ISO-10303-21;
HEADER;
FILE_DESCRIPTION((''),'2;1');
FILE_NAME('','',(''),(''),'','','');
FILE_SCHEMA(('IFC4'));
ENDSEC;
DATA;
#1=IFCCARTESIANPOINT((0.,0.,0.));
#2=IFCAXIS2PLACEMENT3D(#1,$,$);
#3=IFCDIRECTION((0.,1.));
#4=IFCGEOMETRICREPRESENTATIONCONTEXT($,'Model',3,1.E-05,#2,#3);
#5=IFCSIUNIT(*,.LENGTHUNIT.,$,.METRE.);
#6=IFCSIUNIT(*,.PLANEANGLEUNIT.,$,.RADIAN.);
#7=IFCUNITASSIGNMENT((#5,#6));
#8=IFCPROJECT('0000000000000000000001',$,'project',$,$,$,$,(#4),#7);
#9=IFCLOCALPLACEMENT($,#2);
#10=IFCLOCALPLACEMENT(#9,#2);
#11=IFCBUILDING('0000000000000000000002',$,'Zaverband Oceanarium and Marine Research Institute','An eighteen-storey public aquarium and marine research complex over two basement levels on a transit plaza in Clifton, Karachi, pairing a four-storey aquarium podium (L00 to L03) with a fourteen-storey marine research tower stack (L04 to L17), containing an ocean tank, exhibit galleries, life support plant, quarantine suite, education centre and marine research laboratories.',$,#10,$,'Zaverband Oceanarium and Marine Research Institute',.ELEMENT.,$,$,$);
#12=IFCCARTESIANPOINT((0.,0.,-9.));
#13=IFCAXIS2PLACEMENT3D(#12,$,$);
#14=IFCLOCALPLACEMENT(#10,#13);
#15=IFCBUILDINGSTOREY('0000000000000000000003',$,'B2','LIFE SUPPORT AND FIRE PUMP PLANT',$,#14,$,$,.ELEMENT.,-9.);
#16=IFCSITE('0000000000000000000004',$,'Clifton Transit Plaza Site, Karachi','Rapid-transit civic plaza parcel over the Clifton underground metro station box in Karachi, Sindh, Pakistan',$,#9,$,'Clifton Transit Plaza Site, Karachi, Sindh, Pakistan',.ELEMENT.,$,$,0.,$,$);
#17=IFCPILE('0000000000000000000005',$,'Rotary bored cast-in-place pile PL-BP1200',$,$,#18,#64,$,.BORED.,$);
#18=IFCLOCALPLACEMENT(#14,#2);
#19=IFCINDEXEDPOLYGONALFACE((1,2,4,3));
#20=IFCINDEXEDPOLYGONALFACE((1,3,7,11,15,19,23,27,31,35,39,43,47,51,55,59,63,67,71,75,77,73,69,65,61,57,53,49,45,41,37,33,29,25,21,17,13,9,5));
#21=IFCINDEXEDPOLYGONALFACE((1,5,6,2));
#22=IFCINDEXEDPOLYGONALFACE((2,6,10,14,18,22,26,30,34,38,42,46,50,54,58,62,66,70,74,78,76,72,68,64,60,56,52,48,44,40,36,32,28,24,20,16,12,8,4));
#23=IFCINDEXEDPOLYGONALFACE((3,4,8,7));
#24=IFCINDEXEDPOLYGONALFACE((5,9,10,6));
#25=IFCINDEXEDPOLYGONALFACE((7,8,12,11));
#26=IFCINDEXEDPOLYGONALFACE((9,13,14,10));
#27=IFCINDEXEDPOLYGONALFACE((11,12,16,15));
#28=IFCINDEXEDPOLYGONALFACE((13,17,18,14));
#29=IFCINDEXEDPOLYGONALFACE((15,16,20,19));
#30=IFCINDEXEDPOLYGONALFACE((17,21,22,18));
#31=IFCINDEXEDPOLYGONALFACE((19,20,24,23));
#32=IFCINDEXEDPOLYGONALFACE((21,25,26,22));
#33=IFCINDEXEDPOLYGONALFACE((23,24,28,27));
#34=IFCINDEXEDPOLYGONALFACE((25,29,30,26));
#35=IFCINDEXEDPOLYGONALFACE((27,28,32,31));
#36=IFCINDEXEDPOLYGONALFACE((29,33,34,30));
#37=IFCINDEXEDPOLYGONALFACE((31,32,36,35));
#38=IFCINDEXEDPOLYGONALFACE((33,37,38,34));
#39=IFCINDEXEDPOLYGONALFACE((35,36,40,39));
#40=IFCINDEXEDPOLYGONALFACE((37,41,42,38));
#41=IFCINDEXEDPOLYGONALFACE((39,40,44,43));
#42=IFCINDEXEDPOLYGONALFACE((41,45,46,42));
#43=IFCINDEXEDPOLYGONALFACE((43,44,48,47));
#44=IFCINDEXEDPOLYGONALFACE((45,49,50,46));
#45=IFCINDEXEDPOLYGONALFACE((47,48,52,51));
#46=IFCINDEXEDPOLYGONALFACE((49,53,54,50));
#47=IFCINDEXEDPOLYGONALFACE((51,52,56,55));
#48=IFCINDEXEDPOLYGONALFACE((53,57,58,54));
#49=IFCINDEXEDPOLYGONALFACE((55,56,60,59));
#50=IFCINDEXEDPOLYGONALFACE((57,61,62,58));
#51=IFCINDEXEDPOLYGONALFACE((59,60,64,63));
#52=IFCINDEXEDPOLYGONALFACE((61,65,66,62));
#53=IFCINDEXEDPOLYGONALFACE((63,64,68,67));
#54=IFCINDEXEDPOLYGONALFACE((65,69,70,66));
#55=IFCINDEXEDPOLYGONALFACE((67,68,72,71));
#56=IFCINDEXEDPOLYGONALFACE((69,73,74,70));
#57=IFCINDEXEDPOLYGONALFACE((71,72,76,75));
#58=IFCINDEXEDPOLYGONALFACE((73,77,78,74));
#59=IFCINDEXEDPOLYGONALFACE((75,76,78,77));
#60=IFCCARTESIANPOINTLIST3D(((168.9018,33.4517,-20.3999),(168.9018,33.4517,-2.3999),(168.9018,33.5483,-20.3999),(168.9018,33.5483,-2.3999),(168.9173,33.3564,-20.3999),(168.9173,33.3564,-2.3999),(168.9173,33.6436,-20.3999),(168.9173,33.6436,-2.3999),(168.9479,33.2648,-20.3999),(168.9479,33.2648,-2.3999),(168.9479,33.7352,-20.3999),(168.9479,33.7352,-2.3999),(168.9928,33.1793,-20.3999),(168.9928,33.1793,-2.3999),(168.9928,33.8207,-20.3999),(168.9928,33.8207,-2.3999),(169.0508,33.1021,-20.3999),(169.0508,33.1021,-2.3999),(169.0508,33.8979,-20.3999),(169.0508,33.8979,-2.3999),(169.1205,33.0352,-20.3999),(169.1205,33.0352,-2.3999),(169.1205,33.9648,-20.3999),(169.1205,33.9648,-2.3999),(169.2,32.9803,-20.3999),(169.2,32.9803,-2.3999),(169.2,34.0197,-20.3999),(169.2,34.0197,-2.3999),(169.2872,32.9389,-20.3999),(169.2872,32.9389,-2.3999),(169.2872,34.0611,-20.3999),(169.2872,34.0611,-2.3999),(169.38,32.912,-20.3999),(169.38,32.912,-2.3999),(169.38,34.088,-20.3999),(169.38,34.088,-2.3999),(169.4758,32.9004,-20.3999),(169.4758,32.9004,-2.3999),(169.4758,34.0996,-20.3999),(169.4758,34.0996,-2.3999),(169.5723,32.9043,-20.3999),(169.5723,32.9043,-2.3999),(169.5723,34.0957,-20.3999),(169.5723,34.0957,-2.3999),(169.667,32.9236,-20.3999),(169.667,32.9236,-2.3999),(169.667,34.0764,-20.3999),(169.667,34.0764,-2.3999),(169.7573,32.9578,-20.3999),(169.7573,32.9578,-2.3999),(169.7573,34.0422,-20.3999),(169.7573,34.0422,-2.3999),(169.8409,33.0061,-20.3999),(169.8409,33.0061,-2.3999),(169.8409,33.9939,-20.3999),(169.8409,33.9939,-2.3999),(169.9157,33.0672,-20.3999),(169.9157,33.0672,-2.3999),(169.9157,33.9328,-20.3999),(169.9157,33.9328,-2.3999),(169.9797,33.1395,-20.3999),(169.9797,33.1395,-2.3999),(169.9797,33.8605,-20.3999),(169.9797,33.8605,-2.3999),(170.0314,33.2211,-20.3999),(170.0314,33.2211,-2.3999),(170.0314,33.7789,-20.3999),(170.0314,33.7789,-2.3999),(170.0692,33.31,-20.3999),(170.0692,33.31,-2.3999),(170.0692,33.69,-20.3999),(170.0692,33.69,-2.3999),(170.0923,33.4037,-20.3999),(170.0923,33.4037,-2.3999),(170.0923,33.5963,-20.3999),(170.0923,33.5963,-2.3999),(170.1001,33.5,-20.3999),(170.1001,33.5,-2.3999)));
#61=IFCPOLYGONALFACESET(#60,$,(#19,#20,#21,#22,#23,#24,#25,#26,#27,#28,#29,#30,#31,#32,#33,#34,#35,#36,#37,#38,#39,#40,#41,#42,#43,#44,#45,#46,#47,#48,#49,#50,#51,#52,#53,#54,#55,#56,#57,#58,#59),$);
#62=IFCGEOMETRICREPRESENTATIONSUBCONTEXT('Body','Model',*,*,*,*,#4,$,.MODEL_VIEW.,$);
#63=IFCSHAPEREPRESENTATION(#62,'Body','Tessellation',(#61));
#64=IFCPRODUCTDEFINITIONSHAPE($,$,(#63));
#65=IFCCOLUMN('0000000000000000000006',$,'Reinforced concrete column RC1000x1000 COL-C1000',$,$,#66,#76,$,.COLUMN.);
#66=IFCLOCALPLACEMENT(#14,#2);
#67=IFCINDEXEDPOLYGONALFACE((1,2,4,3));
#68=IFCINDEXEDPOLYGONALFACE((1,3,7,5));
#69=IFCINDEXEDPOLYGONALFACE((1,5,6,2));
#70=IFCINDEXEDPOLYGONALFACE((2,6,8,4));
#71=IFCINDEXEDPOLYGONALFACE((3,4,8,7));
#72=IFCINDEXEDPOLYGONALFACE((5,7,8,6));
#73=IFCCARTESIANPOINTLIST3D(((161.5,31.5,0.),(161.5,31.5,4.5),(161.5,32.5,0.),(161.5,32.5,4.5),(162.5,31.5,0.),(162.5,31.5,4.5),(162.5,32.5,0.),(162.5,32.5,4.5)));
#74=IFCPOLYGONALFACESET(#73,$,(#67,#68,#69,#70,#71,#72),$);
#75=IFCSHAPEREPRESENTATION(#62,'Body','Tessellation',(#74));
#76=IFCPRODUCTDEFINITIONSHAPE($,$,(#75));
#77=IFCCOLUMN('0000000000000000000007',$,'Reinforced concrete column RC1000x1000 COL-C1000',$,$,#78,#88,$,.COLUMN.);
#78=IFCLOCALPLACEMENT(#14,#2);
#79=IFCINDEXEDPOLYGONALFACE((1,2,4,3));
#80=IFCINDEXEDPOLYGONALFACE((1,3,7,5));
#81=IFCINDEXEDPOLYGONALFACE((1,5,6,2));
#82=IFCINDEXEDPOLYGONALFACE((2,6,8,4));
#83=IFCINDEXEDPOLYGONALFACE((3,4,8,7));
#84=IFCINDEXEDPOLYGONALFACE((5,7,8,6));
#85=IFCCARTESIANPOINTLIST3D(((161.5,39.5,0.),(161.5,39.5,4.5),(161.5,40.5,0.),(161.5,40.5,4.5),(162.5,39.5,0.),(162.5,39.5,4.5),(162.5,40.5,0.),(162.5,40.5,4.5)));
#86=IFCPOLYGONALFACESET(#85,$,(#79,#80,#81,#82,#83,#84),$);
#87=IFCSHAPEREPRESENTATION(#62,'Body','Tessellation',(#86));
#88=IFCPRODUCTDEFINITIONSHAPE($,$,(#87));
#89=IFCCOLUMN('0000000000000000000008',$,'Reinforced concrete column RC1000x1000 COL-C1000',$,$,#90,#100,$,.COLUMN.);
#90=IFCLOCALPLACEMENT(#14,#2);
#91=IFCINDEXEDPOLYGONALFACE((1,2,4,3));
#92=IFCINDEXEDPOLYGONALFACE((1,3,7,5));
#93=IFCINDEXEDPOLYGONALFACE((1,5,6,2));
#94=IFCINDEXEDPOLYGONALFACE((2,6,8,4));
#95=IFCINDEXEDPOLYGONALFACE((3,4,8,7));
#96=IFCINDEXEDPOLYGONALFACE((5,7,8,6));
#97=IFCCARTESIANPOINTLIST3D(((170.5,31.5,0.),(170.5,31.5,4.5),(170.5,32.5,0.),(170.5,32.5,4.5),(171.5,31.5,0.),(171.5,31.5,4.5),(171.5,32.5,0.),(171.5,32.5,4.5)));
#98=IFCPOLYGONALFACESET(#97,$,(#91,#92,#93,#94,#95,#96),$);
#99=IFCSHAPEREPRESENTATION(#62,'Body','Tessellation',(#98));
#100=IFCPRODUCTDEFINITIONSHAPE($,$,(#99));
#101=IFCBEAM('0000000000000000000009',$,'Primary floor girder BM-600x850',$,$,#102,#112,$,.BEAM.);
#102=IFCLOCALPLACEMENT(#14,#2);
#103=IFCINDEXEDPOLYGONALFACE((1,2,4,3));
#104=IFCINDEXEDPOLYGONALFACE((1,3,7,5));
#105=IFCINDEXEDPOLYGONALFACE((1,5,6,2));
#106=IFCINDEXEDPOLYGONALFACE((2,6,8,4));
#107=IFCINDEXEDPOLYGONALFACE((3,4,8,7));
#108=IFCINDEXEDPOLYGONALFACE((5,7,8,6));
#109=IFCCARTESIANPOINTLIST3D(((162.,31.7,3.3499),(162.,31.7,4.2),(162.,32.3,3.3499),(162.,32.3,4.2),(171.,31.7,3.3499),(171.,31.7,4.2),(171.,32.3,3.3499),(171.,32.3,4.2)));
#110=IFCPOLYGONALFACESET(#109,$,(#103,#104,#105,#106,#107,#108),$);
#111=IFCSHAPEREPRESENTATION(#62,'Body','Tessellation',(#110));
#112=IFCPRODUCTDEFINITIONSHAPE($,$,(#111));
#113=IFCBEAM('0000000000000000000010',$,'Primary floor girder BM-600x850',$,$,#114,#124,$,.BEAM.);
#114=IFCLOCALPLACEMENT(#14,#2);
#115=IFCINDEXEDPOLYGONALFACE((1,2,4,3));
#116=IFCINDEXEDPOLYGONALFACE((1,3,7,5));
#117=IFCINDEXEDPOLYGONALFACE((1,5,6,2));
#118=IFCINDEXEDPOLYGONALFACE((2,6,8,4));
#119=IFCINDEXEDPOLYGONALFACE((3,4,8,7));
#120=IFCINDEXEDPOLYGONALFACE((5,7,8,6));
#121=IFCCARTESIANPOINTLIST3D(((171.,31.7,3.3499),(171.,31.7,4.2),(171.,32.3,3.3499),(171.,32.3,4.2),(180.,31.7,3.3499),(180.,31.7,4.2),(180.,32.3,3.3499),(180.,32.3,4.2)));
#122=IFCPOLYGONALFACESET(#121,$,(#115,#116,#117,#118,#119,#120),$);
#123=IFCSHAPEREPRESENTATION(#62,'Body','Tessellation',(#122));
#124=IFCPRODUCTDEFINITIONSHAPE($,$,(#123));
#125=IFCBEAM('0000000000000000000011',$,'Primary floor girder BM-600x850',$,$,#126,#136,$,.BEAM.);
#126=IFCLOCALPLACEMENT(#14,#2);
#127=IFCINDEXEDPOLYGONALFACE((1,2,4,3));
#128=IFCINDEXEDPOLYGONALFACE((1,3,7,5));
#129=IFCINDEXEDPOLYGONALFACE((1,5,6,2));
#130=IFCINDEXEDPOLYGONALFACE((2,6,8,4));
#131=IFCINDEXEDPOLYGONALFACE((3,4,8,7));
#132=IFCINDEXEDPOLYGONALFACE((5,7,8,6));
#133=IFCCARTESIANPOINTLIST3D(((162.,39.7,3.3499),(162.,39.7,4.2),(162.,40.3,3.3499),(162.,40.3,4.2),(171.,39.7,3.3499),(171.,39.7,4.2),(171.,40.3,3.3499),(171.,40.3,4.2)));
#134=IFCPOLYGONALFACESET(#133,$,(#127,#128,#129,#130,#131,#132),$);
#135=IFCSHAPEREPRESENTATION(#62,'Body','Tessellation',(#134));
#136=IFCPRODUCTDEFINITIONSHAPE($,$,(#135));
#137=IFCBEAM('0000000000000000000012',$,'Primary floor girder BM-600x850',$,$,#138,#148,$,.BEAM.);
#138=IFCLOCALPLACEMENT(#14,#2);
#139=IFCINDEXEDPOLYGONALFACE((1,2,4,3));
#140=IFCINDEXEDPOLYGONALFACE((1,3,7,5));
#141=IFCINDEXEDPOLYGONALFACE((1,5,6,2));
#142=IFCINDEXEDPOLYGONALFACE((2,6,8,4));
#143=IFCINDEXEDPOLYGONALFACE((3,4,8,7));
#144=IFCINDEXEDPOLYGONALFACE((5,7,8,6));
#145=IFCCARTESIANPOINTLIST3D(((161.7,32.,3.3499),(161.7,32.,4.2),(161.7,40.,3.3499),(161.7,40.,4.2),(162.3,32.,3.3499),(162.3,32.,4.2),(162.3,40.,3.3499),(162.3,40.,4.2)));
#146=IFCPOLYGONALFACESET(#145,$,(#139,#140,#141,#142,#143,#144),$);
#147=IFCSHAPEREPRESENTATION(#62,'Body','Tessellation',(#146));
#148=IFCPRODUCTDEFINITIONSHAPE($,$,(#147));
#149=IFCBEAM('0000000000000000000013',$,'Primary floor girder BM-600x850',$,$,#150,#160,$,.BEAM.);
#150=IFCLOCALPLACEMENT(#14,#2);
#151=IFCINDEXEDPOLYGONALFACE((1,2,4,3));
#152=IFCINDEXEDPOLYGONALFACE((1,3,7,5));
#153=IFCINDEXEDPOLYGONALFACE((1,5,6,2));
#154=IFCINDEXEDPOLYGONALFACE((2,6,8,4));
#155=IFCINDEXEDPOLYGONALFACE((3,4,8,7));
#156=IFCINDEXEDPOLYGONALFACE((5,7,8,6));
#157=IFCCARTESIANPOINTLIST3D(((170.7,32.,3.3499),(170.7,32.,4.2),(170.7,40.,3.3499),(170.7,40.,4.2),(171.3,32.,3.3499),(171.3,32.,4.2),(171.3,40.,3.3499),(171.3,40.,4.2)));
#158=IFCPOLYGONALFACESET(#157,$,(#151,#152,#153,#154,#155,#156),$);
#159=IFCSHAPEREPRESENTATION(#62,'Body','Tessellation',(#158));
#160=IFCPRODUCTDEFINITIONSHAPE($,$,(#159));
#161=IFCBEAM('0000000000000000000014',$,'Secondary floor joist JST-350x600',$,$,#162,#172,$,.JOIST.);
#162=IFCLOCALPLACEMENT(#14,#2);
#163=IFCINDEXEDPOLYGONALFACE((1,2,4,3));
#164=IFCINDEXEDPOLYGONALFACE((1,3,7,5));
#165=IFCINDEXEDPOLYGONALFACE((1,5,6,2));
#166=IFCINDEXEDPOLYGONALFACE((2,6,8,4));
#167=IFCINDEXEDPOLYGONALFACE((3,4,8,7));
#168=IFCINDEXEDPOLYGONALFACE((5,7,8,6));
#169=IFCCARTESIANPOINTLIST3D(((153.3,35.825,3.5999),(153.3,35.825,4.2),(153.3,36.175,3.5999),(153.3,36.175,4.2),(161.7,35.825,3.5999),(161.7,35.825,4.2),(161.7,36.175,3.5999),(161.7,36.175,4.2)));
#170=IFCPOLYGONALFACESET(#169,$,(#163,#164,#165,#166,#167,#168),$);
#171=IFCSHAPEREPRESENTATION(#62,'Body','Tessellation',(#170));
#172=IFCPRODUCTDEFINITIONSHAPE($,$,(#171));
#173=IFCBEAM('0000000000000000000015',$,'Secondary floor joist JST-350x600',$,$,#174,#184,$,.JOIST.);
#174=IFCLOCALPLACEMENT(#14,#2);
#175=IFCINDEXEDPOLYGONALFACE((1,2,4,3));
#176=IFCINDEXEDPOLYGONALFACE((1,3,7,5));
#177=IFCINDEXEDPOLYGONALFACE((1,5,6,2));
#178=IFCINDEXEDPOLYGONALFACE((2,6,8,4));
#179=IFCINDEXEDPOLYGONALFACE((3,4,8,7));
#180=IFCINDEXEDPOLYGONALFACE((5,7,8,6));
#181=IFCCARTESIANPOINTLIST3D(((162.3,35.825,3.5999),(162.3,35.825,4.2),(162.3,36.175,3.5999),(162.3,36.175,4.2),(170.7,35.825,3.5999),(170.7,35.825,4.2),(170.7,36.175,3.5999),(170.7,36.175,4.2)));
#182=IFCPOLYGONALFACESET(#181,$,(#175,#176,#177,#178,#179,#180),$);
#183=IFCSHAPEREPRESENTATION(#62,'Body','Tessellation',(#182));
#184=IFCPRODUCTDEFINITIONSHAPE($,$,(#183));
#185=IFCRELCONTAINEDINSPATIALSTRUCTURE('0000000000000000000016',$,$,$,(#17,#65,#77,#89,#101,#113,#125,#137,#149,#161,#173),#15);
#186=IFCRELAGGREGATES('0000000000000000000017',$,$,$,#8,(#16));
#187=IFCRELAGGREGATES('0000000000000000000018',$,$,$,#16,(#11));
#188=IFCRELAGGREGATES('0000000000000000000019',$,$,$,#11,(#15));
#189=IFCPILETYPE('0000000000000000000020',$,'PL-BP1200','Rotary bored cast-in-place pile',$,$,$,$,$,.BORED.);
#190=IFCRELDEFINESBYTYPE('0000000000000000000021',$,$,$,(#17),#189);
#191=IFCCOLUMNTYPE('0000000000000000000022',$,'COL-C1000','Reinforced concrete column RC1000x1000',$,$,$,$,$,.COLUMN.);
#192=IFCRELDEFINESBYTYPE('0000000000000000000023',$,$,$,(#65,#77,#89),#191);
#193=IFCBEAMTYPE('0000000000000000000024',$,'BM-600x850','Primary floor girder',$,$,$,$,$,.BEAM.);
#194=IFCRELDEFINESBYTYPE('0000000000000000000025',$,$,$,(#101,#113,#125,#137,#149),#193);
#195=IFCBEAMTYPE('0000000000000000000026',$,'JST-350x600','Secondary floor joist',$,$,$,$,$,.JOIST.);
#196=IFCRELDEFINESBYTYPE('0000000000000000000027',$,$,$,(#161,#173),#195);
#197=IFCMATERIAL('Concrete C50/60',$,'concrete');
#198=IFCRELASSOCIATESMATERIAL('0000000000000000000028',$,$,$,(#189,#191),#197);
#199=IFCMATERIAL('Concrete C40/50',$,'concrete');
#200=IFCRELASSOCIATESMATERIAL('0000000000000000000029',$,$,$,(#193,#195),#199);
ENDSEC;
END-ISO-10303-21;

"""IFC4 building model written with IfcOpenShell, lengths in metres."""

from ifc_helpers import new_model, si_unit, direction, frame, origin, origin_2d, place, context, subcontext, project, spatial, rectangle, circle, extrude, material, material_profile, profile_set, type_object, element, save


model = new_model("IFC4")

# Units and contexts
model_context = context("Model", 3, precision=1e-05, world=origin(), true_north=direction((0.0, 1.0)))
body_context = subcontext(model_context, "Body", "Model", "MODEL_VIEW")
ifc_project = project(units=[si_unit("LENGTHUNIT", "METRE"), si_unit("PLANEANGLEUNIT", "RADIAN")], contexts=[model_context])

# Site, building, storey
site_placement = place(None, origin())
site = spatial("IfcSite", under=ifc_project, at=site_placement, Name="Clifton Transit Plaza Site, Karachi", Description="Rapid-transit civic plaza parcel over the Clifton underground metro station box in Karachi, Sindh, Pakistan", LongName="Clifton Transit Plaza Site, Karachi, Sindh, Pakistan", CompositionType="ELEMENT", RefElevation=0.0)
building_placement = place(site_placement, origin())
building = spatial("IfcBuilding", under=site, at=building_placement, Name="Zaverband Oceanarium and Marine Research Institute", Description="An eighteen-storey public aquarium and marine research complex over two basement levels on a transit plaza in Clifton, Karachi, pairing a four-storey aquarium podium (L00 to L03) with a fourteen-storey marine research tower stack (L04 to L17), containing an ocean tank, exhibit galleries, life support plant, quarantine suite, education centre and marine research laboratories.", LongName="Zaverband Oceanarium and Marine Research Institute", CompositionType="ELEMENT")
storey_placement = place(building_placement, frame((0.0, 0.0, -9.0)))
storey = spatial("IfcBuildingStorey", under=building, at=storey_placement, Name="B2", Description="LIFE SUPPORT AND FIRE PUMP PLANT", CompositionType="ELEMENT", Elevation=-9.0)

# Shared definitions
ifc_material_1 = material(Name="Concrete C50/60", Category="concrete")

# Pile
ifc_material_profile_1 = material_profile(ifc_material_1, circle(Radius=0.6001, at=origin_2d()), Name="BP1200")
ifc_profile_set_1 = profile_set([ifc_material_profile_1], Name="Concrete C50/60")
pile_type_1 = type_object("IfcPileType", Name="PL-BP1200", Description="Rotary bored cast-in-place pile", PredefinedType="BORED", material=ifc_profile_set_1)
for number, where, z_axis, x_axis, name in (
    (1, (169.5, 33.5, -2.3999), (0.0, 0.0, -1.0), (1.0, 0.0, 0.0), "Rotary bored cast-in-place pile PL-BP1200"),
):
    element("IfcPile", number, at=place(storey_placement, frame(where, z_axis=z_axis, x_axis=x_axis)), inside=storey, type_object=pile_type_1, Name=name, PredefinedType="BORED", context=body_context, shape_type="SweptSolid", body=[
        extrude(circle(Radius=0.6001, at=origin_2d()), origin(), (0.0, 0.0, 1.0), 18.0),
    ])

# Columns
ifc_material_profile_2 = material_profile(ifc_material_1, rectangle(XDim=1.0, YDim=1.0, at=origin_2d()), Name="RC1000x1000")
ifc_profile_set_2 = profile_set([ifc_material_profile_2], Name="Concrete C50/60")
column_type = type_object("IfcColumnType", Name="COL-C1000", Description="Reinforced concrete column RC1000x1000", PredefinedType="COLUMN", material=ifc_profile_set_2)
for number, where, z_axis, x_axis, name in (
    (2, (162.0, 32.0, 0.0), (0.0, 0.0, 1.0), (1.0, 0.0, 0.0), "Reinforced concrete column RC1000x1000 COL-C1000"),
    (3, (162.0, 40.0, 0.0), (0.0, 0.0, 1.0), (1.0, 0.0, 0.0), "Reinforced concrete column RC1000x1000 COL-C1000"),
    (4, (171.0, 32.0, 0.0), (0.0, 0.0, 1.0), (1.0, 0.0, 0.0), "Reinforced concrete column RC1000x1000 COL-C1000"),
):
    element("IfcColumn", number, at=place(storey_placement, frame(where, z_axis=z_axis, x_axis=x_axis)), inside=storey, type_object=column_type, Name=name, PredefinedType="COLUMN", context=body_context, shape_type="SweptSolid", body=[
        extrude(rectangle(XDim=1.0, YDim=1.0, at=origin_2d()), origin(), (0.0, 0.0, 1.0), 4.5),
    ])

# Beams
ifc_material_2 = material(Name="Concrete C40/50", Category="concrete")
ifc_material_profile_3 = material_profile(ifc_material_2, rectangle(XDim=0.6001, YDim=0.8501, at=origin_2d()), Name="RC600x850")
ifc_profile_set_3 = profile_set([ifc_material_profile_3], Name="Concrete C40/50")
beam_type_1 = type_object("IfcBeamType", Name="BM-600x850", Description="Primary floor girder", PredefinedType="BEAM", material=ifc_profile_set_3)
for number, where, z_axis, x_axis, name in (
    (5, (162.0, 32.0, 3.7749), (1.0, 0.0, 0.0), (0.0, 1.0, 0.0), "Primary floor girder BM-600x850"),
    (6, (171.0, 32.0, 3.7749), (1.0, 0.0, 0.0), (0.0, 1.0, 0.0), "Primary floor girder BM-600x850"),
    (7, (162.0, 40.0, 3.7749), (1.0, 0.0, 0.0), (0.0, 1.0, 0.0), "Primary floor girder BM-600x850"),
):
    element("IfcBeam", number, at=place(storey_placement, frame(where, z_axis=z_axis, x_axis=x_axis)), inside=storey, type_object=beam_type_1, Name=name, PredefinedType="BEAM", context=body_context, shape_type="SweptSolid", body=[
        extrude(rectangle(XDim=0.6001, YDim=0.8501, at=origin_2d()), origin(), (0.0, 0.0, 1.0), 9.0),
    ])
for number, where, z_axis, x_axis, name in (
    (8, (162.0, 32.0, 3.7749), (0.0, 1.0, 0.0), (-1.0, 0.0, 0.0), "Primary floor girder BM-600x850"),
    (9, (171.0, 32.0, 3.7749), (0.0, 1.0, 0.0), (-1.0, 0.0, 0.0), "Primary floor girder BM-600x850"),
):
    element("IfcBeam", number, at=place(storey_placement, frame(where, z_axis=z_axis, x_axis=x_axis)), inside=storey, type_object=beam_type_1, Name=name, PredefinedType="BEAM", context=body_context, shape_type="SweptSolid", body=[
        extrude(rectangle(XDim=0.6001, YDim=0.8501, at=origin_2d()), origin(), (0.0, 0.0, 1.0), 8.0),
    ])
ifc_material_profile_4 = material_profile(ifc_material_2, rectangle(XDim=0.3501, YDim=0.6001, at=origin_2d()), Name="RC350x600")
ifc_profile_set_4 = profile_set([ifc_material_profile_4], Name="Concrete C40/50")
beam_type_2 = type_object("IfcBeamType", Name="JST-350x600", Description="Secondary floor joist", PredefinedType="JOIST", material=ifc_profile_set_4)
for number, where, z_axis, x_axis, name in (
    (10, (153.3, 36.0, 3.8999), (1.0, 0.0, 0.0), (0.0, 1.0, 0.0), "Secondary floor joist JST-350x600"),
    (11, (162.3, 36.0, 3.8999), (1.0, 0.0, 0.0), (0.0, 1.0, 0.0), "Secondary floor joist JST-350x600"),
):
    element("IfcBeam", number, at=place(storey_placement, frame(where, z_axis=z_axis, x_axis=x_axis)), inside=storey, type_object=beam_type_2, Name=name, PredefinedType="JOIST", context=body_context, shape_type="SweptSolid", body=[
        extrude(rectangle(XDim=0.3501, YDim=0.6001, at=origin_2d()), origin(), (0.0, 0.0, 1.0), 8.3999),
    ])

save(model, "model.ifc")
